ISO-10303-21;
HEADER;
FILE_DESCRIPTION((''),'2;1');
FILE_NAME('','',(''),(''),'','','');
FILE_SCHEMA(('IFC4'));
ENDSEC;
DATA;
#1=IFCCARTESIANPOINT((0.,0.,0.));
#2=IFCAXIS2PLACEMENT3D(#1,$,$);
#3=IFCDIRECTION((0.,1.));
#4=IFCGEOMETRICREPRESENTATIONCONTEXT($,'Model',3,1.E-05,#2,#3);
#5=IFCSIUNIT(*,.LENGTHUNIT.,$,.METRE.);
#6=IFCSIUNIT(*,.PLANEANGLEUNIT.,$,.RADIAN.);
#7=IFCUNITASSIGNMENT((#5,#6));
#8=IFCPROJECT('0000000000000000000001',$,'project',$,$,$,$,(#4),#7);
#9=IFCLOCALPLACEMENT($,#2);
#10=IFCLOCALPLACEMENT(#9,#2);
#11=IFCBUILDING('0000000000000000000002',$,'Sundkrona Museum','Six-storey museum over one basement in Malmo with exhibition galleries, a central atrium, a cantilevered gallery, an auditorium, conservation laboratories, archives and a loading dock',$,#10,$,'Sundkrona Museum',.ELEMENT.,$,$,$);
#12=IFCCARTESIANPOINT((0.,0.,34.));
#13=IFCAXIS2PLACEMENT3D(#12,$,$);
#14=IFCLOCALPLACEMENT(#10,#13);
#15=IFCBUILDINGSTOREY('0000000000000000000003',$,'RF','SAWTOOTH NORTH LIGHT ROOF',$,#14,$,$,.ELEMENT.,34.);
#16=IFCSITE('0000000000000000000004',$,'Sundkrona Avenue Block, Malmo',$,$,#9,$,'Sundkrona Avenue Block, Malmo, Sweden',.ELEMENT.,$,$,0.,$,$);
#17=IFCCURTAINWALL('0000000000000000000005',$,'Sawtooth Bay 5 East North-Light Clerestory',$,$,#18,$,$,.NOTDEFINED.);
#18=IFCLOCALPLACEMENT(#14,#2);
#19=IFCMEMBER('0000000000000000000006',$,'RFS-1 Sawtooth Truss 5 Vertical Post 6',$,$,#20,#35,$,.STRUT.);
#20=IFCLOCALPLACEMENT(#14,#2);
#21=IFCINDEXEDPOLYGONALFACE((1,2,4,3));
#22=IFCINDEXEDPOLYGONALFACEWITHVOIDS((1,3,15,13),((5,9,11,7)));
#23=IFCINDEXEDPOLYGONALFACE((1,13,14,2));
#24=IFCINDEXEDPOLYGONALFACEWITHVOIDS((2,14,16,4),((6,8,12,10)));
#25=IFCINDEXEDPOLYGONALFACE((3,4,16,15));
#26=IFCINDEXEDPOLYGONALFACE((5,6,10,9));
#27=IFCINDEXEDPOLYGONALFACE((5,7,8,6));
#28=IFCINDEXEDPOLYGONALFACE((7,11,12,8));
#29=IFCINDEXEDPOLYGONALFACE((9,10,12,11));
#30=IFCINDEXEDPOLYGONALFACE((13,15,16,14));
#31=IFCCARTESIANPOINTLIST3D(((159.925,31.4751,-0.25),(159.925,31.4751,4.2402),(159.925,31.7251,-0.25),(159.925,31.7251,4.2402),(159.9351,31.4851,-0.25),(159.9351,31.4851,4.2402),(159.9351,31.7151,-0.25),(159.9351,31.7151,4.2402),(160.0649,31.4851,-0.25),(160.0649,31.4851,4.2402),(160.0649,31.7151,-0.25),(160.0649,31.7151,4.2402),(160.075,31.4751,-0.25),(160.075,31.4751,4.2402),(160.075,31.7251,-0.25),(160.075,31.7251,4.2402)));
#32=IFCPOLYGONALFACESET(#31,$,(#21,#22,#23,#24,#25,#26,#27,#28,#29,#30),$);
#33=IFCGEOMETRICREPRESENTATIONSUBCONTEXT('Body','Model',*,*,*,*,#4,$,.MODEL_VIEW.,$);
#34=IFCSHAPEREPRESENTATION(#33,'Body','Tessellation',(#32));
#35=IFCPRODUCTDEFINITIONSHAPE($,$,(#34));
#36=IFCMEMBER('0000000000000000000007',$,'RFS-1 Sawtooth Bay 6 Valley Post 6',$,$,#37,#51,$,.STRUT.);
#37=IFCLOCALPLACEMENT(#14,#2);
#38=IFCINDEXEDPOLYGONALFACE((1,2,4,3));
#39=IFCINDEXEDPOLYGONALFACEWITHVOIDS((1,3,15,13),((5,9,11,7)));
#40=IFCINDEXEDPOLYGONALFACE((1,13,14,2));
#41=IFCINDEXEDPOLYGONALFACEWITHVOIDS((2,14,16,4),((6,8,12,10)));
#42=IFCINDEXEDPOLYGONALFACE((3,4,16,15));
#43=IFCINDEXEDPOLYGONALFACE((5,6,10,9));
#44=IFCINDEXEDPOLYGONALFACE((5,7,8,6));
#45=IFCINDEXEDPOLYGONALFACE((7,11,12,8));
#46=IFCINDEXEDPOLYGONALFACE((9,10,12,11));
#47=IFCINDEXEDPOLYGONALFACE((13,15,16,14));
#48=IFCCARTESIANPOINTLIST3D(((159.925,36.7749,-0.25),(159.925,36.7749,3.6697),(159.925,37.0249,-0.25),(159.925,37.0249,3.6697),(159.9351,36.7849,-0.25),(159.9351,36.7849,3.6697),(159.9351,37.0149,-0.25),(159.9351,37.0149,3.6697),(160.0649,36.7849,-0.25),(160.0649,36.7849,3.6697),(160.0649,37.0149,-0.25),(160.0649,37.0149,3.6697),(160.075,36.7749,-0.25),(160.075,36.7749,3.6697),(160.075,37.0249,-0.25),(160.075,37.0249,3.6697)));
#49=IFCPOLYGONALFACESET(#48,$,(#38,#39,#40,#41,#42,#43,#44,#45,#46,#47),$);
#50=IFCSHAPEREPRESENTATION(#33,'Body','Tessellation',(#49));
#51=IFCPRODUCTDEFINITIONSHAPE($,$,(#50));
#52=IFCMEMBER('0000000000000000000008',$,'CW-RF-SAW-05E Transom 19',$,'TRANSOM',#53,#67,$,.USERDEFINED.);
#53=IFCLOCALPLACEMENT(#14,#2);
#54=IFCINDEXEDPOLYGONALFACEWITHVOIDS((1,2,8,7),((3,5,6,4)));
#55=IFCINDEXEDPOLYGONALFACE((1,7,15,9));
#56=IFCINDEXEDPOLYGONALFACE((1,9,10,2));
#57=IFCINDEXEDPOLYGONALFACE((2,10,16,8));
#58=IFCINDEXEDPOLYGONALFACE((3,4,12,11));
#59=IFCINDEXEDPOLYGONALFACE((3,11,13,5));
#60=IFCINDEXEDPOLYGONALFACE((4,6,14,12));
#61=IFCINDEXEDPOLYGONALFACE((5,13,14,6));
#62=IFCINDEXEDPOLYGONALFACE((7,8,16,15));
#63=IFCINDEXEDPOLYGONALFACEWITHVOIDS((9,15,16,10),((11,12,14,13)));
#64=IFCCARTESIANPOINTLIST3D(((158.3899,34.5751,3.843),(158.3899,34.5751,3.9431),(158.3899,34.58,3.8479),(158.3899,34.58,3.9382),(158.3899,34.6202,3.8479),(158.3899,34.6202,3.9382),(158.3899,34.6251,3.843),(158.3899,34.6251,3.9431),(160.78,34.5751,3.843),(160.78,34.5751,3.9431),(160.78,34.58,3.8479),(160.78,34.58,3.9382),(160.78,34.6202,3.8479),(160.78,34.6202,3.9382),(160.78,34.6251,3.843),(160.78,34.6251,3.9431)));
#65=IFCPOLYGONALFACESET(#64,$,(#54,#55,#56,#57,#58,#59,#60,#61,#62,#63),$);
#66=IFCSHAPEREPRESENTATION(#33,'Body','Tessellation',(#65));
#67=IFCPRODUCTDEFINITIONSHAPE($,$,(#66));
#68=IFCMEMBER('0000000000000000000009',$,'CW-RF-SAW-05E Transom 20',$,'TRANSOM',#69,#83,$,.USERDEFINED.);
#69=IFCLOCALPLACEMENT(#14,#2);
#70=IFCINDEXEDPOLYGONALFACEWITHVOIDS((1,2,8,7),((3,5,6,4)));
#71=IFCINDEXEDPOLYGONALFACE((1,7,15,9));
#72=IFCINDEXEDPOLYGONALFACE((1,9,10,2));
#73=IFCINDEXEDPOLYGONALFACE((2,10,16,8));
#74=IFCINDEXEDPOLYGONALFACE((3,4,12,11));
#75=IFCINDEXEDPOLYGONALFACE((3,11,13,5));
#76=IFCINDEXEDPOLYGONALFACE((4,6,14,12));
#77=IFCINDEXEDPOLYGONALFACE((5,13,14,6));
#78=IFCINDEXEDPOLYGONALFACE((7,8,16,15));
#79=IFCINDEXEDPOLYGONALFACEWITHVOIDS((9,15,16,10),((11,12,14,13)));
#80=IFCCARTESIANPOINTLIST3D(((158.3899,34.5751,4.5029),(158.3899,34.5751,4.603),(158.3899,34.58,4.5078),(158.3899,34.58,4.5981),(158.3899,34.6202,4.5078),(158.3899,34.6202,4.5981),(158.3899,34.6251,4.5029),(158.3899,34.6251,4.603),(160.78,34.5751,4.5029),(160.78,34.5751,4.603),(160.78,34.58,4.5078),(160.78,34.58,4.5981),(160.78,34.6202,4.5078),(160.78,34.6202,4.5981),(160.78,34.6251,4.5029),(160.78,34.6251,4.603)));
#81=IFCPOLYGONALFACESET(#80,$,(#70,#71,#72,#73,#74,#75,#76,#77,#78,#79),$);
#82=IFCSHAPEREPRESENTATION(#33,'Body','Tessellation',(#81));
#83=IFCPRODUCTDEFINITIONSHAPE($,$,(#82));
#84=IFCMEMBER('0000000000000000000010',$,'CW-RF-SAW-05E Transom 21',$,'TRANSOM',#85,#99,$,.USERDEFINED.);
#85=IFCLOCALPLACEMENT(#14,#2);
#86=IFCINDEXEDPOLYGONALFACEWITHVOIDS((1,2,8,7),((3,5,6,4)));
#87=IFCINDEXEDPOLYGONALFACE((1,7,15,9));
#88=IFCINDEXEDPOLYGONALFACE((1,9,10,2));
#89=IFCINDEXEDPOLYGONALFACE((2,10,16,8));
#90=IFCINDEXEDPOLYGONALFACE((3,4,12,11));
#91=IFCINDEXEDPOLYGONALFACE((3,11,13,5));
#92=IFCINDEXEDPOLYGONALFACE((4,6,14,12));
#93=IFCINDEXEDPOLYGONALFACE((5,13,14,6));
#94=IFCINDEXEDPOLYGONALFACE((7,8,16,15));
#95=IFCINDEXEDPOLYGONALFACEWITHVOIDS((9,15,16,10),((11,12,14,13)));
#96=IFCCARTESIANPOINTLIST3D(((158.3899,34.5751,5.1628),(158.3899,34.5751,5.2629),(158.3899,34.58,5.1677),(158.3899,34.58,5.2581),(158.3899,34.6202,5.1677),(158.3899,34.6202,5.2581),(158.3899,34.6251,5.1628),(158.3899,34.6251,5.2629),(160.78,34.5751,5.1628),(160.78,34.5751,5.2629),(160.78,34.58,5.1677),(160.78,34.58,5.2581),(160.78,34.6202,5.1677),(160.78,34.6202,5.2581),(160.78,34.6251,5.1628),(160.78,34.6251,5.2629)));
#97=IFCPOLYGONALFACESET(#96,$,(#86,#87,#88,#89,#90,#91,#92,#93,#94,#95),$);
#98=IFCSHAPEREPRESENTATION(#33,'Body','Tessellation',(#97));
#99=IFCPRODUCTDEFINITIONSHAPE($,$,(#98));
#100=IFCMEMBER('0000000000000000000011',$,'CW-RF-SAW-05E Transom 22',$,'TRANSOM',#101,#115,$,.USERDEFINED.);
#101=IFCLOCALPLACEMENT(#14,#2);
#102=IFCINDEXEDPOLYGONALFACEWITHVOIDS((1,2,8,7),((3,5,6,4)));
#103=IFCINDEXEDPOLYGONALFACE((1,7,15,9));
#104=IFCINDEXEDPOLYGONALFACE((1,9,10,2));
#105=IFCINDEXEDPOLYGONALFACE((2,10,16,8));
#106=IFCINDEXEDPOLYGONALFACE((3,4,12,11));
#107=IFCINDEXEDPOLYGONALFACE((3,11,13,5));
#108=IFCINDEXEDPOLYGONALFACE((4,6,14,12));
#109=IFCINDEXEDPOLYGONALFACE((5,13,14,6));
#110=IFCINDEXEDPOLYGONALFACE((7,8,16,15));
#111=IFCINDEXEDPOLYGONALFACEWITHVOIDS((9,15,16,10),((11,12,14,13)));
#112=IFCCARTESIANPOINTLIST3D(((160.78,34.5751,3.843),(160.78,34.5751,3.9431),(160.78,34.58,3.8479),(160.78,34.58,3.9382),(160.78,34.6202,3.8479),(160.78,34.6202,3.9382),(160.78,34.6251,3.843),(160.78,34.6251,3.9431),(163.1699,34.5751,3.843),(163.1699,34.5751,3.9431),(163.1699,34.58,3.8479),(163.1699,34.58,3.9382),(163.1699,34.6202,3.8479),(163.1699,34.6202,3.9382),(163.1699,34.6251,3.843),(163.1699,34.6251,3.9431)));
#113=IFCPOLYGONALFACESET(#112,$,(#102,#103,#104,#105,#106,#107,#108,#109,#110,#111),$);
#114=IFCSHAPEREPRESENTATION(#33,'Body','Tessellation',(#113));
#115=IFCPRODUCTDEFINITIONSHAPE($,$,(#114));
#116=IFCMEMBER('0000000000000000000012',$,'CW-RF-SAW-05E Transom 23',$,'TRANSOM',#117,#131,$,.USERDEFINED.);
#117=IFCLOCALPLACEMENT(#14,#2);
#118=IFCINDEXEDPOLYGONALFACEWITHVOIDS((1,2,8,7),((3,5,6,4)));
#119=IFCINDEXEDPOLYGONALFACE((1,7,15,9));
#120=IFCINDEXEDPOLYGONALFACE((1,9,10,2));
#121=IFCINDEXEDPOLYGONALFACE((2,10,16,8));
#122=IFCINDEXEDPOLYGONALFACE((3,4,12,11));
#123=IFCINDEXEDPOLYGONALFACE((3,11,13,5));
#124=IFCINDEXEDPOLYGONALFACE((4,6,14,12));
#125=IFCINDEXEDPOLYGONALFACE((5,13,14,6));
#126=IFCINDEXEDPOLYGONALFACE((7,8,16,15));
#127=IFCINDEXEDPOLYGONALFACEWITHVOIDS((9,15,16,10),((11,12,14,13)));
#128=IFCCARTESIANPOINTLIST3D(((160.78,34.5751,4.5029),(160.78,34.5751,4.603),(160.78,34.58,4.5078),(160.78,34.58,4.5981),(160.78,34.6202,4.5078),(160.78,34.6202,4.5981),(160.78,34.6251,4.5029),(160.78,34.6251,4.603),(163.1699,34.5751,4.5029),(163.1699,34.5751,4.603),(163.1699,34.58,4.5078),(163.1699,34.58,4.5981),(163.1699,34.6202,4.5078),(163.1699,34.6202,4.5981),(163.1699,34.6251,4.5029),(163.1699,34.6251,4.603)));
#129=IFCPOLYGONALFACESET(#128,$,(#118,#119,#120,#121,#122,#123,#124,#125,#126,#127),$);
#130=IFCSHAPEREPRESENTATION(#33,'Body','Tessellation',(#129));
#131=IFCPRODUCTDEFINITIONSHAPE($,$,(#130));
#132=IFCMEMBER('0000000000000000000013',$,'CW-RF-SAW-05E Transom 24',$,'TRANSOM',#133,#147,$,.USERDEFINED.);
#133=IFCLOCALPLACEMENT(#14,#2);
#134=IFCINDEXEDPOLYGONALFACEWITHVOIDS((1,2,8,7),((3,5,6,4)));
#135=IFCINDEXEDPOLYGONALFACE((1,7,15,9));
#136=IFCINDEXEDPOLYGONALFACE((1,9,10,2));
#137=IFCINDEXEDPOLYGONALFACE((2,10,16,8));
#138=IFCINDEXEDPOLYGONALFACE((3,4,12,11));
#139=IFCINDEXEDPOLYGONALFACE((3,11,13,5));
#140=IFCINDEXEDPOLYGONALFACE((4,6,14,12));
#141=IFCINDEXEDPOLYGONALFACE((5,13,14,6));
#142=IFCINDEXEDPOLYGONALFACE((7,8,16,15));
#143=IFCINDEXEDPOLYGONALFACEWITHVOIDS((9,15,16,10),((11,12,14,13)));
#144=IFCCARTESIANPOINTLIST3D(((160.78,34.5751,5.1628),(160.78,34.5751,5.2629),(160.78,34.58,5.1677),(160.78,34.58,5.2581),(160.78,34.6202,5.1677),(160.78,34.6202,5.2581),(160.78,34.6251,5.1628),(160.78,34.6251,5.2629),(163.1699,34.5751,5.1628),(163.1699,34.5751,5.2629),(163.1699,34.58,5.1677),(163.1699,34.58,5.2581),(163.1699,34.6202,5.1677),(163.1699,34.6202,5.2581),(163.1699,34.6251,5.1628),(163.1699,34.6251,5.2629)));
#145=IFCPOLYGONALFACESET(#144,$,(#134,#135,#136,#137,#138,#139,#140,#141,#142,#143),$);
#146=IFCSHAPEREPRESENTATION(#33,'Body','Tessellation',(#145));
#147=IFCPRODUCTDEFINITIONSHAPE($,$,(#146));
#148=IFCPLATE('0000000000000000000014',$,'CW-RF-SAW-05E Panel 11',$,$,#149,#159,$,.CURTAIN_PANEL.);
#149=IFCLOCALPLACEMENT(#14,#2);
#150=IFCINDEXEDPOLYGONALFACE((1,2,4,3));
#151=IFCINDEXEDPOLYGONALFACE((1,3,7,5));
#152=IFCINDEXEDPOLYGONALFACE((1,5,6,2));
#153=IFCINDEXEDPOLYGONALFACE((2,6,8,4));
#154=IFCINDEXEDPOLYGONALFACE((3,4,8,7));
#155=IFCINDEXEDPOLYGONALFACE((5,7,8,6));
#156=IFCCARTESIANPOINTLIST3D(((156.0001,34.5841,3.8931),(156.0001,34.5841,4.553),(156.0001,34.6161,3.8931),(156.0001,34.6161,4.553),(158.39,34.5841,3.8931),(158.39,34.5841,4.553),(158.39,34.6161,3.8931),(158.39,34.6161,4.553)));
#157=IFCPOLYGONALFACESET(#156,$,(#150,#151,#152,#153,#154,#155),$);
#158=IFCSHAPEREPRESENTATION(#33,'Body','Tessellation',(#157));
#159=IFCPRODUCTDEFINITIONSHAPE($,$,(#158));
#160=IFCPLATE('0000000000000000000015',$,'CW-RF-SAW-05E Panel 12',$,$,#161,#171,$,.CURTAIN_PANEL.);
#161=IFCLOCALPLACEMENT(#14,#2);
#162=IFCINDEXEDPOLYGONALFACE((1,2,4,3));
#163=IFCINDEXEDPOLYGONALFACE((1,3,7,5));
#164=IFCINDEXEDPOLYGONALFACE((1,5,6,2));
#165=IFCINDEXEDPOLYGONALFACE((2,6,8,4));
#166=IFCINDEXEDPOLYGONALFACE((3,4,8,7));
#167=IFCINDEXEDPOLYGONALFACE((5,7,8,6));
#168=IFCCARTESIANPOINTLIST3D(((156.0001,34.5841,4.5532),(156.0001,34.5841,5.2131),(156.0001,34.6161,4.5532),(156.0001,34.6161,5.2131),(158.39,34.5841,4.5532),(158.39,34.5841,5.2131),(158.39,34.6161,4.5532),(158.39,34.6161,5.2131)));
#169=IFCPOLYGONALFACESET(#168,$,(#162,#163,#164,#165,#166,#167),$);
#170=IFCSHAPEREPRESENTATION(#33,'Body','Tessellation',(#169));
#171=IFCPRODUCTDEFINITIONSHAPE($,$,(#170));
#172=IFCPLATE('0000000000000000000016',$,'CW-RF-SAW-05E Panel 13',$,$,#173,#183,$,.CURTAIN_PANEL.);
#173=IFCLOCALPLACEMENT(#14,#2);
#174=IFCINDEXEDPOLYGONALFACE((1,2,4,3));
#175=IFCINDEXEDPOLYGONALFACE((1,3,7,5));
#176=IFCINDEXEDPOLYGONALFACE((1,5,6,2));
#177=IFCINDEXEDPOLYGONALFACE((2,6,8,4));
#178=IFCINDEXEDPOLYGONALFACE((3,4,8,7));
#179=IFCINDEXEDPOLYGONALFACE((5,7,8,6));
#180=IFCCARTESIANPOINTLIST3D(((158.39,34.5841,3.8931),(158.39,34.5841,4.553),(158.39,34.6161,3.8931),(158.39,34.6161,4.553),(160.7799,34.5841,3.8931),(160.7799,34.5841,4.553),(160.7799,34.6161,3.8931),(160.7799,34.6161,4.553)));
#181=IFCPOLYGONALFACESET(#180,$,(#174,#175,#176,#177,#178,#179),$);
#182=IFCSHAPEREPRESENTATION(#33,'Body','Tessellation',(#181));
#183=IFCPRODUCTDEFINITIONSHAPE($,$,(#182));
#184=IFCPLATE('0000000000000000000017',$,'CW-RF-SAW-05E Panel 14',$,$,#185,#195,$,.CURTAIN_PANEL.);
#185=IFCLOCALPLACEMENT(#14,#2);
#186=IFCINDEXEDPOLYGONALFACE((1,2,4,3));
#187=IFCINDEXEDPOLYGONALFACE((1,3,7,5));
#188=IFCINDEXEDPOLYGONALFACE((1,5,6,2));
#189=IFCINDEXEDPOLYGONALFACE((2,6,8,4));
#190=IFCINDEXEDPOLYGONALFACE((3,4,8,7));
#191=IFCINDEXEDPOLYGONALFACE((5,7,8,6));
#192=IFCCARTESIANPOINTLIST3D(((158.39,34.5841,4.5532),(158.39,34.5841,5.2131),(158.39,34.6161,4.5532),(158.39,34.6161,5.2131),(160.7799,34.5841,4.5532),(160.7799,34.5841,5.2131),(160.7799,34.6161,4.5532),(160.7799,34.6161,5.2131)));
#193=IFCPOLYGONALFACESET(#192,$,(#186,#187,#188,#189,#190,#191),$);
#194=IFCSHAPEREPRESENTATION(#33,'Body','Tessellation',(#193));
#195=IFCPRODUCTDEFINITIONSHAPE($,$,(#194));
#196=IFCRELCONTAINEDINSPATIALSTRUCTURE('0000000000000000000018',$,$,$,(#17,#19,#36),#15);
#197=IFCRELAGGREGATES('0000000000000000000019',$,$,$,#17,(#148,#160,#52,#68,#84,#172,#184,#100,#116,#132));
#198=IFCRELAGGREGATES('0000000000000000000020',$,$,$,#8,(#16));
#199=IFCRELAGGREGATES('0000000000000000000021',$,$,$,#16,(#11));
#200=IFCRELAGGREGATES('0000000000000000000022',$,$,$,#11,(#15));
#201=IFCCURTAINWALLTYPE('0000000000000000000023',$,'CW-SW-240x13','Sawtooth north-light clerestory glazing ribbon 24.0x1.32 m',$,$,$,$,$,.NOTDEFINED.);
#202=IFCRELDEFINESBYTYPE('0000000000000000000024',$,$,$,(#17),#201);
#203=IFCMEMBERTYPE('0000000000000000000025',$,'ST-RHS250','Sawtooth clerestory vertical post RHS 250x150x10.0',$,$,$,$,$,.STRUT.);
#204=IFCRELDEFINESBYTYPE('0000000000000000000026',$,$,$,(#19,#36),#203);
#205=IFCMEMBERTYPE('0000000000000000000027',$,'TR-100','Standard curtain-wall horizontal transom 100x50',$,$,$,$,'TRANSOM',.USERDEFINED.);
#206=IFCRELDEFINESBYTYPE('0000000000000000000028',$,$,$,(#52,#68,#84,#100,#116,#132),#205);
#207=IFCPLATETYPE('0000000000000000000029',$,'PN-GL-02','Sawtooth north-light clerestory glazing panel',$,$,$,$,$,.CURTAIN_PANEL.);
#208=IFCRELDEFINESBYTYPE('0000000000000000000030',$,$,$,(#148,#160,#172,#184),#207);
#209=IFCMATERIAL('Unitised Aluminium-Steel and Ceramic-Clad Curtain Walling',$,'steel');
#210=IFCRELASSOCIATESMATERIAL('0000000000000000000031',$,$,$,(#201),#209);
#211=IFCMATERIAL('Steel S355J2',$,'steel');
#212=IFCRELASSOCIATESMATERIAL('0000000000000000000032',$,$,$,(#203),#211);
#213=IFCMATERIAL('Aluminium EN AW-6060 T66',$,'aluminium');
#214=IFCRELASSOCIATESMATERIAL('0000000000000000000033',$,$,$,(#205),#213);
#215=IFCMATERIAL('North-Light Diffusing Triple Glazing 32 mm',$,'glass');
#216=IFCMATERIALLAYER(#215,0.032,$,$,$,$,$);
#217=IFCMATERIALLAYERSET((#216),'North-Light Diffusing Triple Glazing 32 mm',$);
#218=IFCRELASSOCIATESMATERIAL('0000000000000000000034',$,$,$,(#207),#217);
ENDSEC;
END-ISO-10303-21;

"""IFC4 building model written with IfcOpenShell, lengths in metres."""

from ifc_helpers import new_model, si_unit, direction, frame, origin, origin_2d, place, context, subcontext, project, spatial, rectangle, hollow_rectangle, extrude, material, layer, layer_set, material_profile, profile_set, type_object, element, aggregate, save


model = new_model("IFC4")

# Units and contexts
model_context = context("Model", 3, precision=1e-05, world=origin(), true_north=direction((0.0, 1.0)))
body_context = subcontext(model_context, "Body", "Model", "MODEL_VIEW")
ifc_project = project(units=[si_unit("LENGTHUNIT", "METRE"), si_unit("PLANEANGLEUNIT", "RADIAN")], contexts=[model_context])

# Site, building, storey
site_placement = place(None, origin())
site = spatial("IfcSite", under=ifc_project, at=site_placement, Name="Sundkrona Avenue Block, Malmo", LongName="Sundkrona Avenue Block, Malmo, Sweden", CompositionType="ELEMENT", RefElevation=0.0)
building_placement = place(site_placement, origin())
building = spatial("IfcBuilding", under=site, at=building_placement, Name="Sundkrona Museum", Description="Six-storey museum over one basement in Malmo with exhibition galleries, a central atrium, a cantilevered gallery, an auditorium, conservation laboratories, archives and a loading dock", LongName="Sundkrona Museum", CompositionType="ELEMENT")
storey_placement = place(building_placement, frame((0.0, 0.0, 34.0)))
storey = spatial("IfcBuildingStorey", under=building, at=storey_placement, Name="RF", Description="SAWTOOTH NORTH LIGHT ROOF", CompositionType="ELEMENT", Elevation=34.0)

# Curtain wall
ifc_material_1 = material(Name="Unitised Aluminium-Steel and Ceramic-Clad Curtain Walling", Category="steel")
curtain_wall_type = type_object("IfcCurtainWallType", Name="CW-SW-240x13", Description="Sawtooth north-light clerestory glazing ribbon 24.0x1.32 m", PredefinedType="NOTDEFINED", material=ifc_material_1)
curtain_wall_placement = place(storey_placement, origin())
curtain_wall = element("IfcCurtainWall", 1, at=curtain_wall_placement, inside=storey, type_object=curtain_wall_type, Name="Sawtooth Bay 5 East North-Light Clerestory", PredefinedType="NOTDEFINED")
ifc_material_2 = material(Name="Aluminium EN AW-6060 T66", Category="aluminium")

# Members
ifc_material_3 = material(Name="Steel S355J2", Category="steel")
ifc_material_profile_1 = material_profile(ifc_material_3, hollow_rectangle(XDim=0.1499, YDim=0.25, WallThickness=0.01, at=origin_2d()), Name="RHS 250x150x10.0")
ifc_profile_set_1 = profile_set([ifc_material_profile_1], Name="Steel S355J2")
member_type_1 = type_object("IfcMemberType", Name="ST-RHS250", Description="Sawtooth clerestory vertical post RHS 250x150x10.0", PredefinedType="STRUT", material=ifc_profile_set_1)
member_1_placement = place(storey_placement, frame((160.0, 31.6001, -0.25), z_axis=(0.0, 0.0, 1.0), x_axis=(1.0, 0.0, 0.0)))
element("IfcMember", 2, at=member_1_placement, inside=storey, type_object=member_type_1, Name="RFS-1 Sawtooth Truss 5 Vertical Post 6", PredefinedType="STRUT", context=body_context, shape_type="SweptSolid", body=[
    extrude(hollow_rectangle(XDim=0.1499, YDim=0.25, WallThickness=0.01, at=origin_2d()), origin(), (0.0, 0.0, 1.0), 4.4902),
])
member_2_placement = place(storey_placement, frame((160.0, 36.8999, -0.25), z_axis=(0.0, 0.0, 1.0), x_axis=(1.0, 0.0, 0.0)))
element("IfcMember", 3, at=member_2_placement, inside=storey, type_object=member_type_1, Name="RFS-1 Sawtooth Bay 6 Valley Post 6", PredefinedType="STRUT", context=body_context, shape_type="SweptSolid", body=[
    extrude(hollow_rectangle(XDim=0.1499, YDim=0.25, WallThickness=0.01, at=origin_2d()), origin(), (0.0, 0.0, 1.0), 3.9197),
])

# Members
ifc_material_profile_2 = material_profile(ifc_material_2, hollow_rectangle(XDim=0.05, YDim=0.1001, WallThickness=0.0049, at=origin_2d()), Name="RHS 100x50x5.0")
ifc_profile_set_2 = profile_set([ifc_material_profile_2], Name="Aluminium EN AW-6060 T66")
member_type_2 = type_object("IfcMemberType", Name="TR-100", Description="Standard curtain-wall horizontal transom 100x50", ElementType="TRANSOM", PredefinedType="USERDEFINED", material=ifc_profile_set_2)
member_3_placement = place(storey_placement, frame((158.3899, 34.6001, 3.8931), z_axis=(1.0, 0.0, 0.0), x_axis=(0.0, 1.0, 0.0)))
member_3 = element("IfcMember", 4, at=member_3_placement, type_object=member_type_2, Name="CW-RF-SAW-05E Transom 19", ObjectType="TRANSOM", PredefinedType="USERDEFINED", context=body_context, shape_type="SweptSolid", body=[
    extrude(hollow_rectangle(XDim=0.05, YDim=0.1001, WallThickness=0.0049, at=origin_2d()), origin(), (0.0, 0.0, 1.0), 2.3901),
])
member_4_placement = place(storey_placement, frame((158.3899, 34.6001, 4.553), z_axis=(1.0, 0.0, 0.0), x_axis=(0.0, 1.0, 0.0)))
member_4 = element("IfcMember", 5, at=member_4_placement, type_object=member_type_2, Name="CW-RF-SAW-05E Transom 20", ObjectType="TRANSOM", PredefinedType="USERDEFINED", context=body_context, shape_type="SweptSolid", body=[
    extrude(hollow_rectangle(XDim=0.05, YDim=0.1001, WallThickness=0.0049, at=origin_2d()), origin(), (0.0, 0.0, 1.0), 2.3901),
])
member_5_placement = place(storey_placement, frame((158.3899, 34.6001, 5.2129), z_axis=(1.0, 0.0, 0.0), x_axis=(0.0, 1.0, 0.0)))
member_5 = element("IfcMember", 6, at=member_5_placement, type_object=member_type_2, Name="CW-RF-SAW-05E Transom 21", ObjectType="TRANSOM", PredefinedType="USERDEFINED", context=body_context, shape_type="SweptSolid", body=[
    extrude(hollow_rectangle(XDim=0.05, YDim=0.1001, WallThickness=0.0049, at=origin_2d()), origin(), (0.0, 0.0, 1.0), 2.3901),
])
member_6_placement = place(storey_placement, frame((160.78, 34.6001, 3.8931), z_axis=(1.0, 0.0, 0.0), x_axis=(0.0, 1.0, 0.0)))
member_6 = element("IfcMember", 7, at=member_6_placement, type_object=member_type_2, Name="CW-RF-SAW-05E Transom 22", ObjectType="TRANSOM", PredefinedType="USERDEFINED", context=body_context, shape_type="SweptSolid", body=[
    extrude(hollow_rectangle(XDim=0.05, YDim=0.1001, WallThickness=0.0049, at=origin_2d()), origin(), (0.0, 0.0, 1.0), 2.3899),
])
member_7_placement = place(storey_placement, frame((160.78, 34.6001, 4.553), z_axis=(1.0, 0.0, 0.0), x_axis=(0.0, 1.0, 0.0)))
member_7 = element("IfcMember", 8, at=member_7_placement, type_object=member_type_2, Name="CW-RF-SAW-05E Transom 23", ObjectType="TRANSOM", PredefinedType="USERDEFINED", context=body_context, shape_type="SweptSolid", body=[
    extrude(hollow_rectangle(XDim=0.05, YDim=0.1001, WallThickness=0.0049, at=origin_2d()), origin(), (0.0, 0.0, 1.0), 2.3899),
])
member_8_placement = place(storey_placement, frame((160.78, 34.6001, 5.2129), z_axis=(1.0, 0.0, 0.0), x_axis=(0.0, 1.0, 0.0)))
member_8 = element("IfcMember", 9, at=member_8_placement, type_object=member_type_2, Name="CW-RF-SAW-05E Transom 24", ObjectType="TRANSOM", PredefinedType="USERDEFINED", context=body_context, shape_type="SweptSolid", body=[
    extrude(hollow_rectangle(XDim=0.05, YDim=0.1001, WallThickness=0.0049, at=origin_2d()), origin(), (0.0, 0.0, 1.0), 2.3899),
])

# Plates
ifc_material_4 = material(Name="North-Light Diffusing Triple Glazing 32 mm", Category="glass")
ifc_layer = layer(ifc_material_4, 0.032)
ifc_layer_set = layer_set([ifc_layer], Name="North-Light Diffusing Triple Glazing 32 mm")
plate_type = type_object("IfcPlateType", Name="PN-GL-02", Description="Sawtooth north-light clerestory glazing panel", PredefinedType="CURTAIN_PANEL", material=ifc_layer_set)
plate_1_placement = place(storey_placement, frame((157.1951, 34.6001, 3.8931), z_axis=(0.0, 0.0, 1.0), x_axis=(1.0, 0.0, 0.0)))
plate_1 = element("IfcPlate", 10, at=plate_1_placement, type_object=plate_type, Name="CW-RF-SAW-05E Panel 11", PredefinedType="CURTAIN_PANEL", context=body_context, shape_type="SweptSolid", body=[
    extrude(rectangle(XDim=2.3899, YDim=0.032, at=origin_2d()), origin(), (0.0, 0.0, 1.0), 0.6599),
])
plate_2_placement = place(storey_placement, frame((157.1951, 34.6001, 4.5532), z_axis=(0.0, 0.0, 1.0), x_axis=(1.0, 0.0, 0.0)))
plate_2 = element("IfcPlate", 11, at=plate_2_placement, type_object=plate_type, Name="CW-RF-SAW-05E Panel 12", PredefinedType="CURTAIN_PANEL", context=body_context, shape_type="SweptSolid", body=[
    extrude(rectangle(XDim=2.3899, YDim=0.032, at=origin_2d()), origin(), (0.0, 0.0, 1.0), 0.6599),
])
plate_3_placement = place(storey_placement, frame((159.585, 34.6001, 3.8931), z_axis=(0.0, 0.0, 1.0), x_axis=(1.0, 0.0, 0.0)))
plate_3 = element("IfcPlate", 12, at=plate_3_placement, type_object=plate_type, Name="CW-RF-SAW-05E Panel 13", PredefinedType="CURTAIN_PANEL", context=body_context, shape_type="SweptSolid", body=[
    extrude(rectangle(XDim=2.3899, YDim=0.032, at=origin_2d()), origin(), (0.0, 0.0, 1.0), 0.6599),
])
plate_4_placement = place(storey_placement, frame((159.585, 34.6001, 4.5532), z_axis=(0.0, 0.0, 1.0), x_axis=(1.0, 0.0, 0.0)))
plate_4 = element("IfcPlate", 13, at=plate_4_placement, type_object=plate_type, Name="CW-RF-SAW-05E Panel 14", PredefinedType="CURTAIN_PANEL", context=body_context, shape_type="SweptSolid", body=[
    extrude(rectangle(XDim=2.3899, YDim=0.032, at=origin_2d()), origin(), (0.0, 0.0, 1.0), 0.6599),
])
aggregate(curtain_wall, [plate_1, plate_2, member_3, member_4, member_5, plate_3, plate_4, member_6, member_7, member_8])

save(model, "model.ifc")
